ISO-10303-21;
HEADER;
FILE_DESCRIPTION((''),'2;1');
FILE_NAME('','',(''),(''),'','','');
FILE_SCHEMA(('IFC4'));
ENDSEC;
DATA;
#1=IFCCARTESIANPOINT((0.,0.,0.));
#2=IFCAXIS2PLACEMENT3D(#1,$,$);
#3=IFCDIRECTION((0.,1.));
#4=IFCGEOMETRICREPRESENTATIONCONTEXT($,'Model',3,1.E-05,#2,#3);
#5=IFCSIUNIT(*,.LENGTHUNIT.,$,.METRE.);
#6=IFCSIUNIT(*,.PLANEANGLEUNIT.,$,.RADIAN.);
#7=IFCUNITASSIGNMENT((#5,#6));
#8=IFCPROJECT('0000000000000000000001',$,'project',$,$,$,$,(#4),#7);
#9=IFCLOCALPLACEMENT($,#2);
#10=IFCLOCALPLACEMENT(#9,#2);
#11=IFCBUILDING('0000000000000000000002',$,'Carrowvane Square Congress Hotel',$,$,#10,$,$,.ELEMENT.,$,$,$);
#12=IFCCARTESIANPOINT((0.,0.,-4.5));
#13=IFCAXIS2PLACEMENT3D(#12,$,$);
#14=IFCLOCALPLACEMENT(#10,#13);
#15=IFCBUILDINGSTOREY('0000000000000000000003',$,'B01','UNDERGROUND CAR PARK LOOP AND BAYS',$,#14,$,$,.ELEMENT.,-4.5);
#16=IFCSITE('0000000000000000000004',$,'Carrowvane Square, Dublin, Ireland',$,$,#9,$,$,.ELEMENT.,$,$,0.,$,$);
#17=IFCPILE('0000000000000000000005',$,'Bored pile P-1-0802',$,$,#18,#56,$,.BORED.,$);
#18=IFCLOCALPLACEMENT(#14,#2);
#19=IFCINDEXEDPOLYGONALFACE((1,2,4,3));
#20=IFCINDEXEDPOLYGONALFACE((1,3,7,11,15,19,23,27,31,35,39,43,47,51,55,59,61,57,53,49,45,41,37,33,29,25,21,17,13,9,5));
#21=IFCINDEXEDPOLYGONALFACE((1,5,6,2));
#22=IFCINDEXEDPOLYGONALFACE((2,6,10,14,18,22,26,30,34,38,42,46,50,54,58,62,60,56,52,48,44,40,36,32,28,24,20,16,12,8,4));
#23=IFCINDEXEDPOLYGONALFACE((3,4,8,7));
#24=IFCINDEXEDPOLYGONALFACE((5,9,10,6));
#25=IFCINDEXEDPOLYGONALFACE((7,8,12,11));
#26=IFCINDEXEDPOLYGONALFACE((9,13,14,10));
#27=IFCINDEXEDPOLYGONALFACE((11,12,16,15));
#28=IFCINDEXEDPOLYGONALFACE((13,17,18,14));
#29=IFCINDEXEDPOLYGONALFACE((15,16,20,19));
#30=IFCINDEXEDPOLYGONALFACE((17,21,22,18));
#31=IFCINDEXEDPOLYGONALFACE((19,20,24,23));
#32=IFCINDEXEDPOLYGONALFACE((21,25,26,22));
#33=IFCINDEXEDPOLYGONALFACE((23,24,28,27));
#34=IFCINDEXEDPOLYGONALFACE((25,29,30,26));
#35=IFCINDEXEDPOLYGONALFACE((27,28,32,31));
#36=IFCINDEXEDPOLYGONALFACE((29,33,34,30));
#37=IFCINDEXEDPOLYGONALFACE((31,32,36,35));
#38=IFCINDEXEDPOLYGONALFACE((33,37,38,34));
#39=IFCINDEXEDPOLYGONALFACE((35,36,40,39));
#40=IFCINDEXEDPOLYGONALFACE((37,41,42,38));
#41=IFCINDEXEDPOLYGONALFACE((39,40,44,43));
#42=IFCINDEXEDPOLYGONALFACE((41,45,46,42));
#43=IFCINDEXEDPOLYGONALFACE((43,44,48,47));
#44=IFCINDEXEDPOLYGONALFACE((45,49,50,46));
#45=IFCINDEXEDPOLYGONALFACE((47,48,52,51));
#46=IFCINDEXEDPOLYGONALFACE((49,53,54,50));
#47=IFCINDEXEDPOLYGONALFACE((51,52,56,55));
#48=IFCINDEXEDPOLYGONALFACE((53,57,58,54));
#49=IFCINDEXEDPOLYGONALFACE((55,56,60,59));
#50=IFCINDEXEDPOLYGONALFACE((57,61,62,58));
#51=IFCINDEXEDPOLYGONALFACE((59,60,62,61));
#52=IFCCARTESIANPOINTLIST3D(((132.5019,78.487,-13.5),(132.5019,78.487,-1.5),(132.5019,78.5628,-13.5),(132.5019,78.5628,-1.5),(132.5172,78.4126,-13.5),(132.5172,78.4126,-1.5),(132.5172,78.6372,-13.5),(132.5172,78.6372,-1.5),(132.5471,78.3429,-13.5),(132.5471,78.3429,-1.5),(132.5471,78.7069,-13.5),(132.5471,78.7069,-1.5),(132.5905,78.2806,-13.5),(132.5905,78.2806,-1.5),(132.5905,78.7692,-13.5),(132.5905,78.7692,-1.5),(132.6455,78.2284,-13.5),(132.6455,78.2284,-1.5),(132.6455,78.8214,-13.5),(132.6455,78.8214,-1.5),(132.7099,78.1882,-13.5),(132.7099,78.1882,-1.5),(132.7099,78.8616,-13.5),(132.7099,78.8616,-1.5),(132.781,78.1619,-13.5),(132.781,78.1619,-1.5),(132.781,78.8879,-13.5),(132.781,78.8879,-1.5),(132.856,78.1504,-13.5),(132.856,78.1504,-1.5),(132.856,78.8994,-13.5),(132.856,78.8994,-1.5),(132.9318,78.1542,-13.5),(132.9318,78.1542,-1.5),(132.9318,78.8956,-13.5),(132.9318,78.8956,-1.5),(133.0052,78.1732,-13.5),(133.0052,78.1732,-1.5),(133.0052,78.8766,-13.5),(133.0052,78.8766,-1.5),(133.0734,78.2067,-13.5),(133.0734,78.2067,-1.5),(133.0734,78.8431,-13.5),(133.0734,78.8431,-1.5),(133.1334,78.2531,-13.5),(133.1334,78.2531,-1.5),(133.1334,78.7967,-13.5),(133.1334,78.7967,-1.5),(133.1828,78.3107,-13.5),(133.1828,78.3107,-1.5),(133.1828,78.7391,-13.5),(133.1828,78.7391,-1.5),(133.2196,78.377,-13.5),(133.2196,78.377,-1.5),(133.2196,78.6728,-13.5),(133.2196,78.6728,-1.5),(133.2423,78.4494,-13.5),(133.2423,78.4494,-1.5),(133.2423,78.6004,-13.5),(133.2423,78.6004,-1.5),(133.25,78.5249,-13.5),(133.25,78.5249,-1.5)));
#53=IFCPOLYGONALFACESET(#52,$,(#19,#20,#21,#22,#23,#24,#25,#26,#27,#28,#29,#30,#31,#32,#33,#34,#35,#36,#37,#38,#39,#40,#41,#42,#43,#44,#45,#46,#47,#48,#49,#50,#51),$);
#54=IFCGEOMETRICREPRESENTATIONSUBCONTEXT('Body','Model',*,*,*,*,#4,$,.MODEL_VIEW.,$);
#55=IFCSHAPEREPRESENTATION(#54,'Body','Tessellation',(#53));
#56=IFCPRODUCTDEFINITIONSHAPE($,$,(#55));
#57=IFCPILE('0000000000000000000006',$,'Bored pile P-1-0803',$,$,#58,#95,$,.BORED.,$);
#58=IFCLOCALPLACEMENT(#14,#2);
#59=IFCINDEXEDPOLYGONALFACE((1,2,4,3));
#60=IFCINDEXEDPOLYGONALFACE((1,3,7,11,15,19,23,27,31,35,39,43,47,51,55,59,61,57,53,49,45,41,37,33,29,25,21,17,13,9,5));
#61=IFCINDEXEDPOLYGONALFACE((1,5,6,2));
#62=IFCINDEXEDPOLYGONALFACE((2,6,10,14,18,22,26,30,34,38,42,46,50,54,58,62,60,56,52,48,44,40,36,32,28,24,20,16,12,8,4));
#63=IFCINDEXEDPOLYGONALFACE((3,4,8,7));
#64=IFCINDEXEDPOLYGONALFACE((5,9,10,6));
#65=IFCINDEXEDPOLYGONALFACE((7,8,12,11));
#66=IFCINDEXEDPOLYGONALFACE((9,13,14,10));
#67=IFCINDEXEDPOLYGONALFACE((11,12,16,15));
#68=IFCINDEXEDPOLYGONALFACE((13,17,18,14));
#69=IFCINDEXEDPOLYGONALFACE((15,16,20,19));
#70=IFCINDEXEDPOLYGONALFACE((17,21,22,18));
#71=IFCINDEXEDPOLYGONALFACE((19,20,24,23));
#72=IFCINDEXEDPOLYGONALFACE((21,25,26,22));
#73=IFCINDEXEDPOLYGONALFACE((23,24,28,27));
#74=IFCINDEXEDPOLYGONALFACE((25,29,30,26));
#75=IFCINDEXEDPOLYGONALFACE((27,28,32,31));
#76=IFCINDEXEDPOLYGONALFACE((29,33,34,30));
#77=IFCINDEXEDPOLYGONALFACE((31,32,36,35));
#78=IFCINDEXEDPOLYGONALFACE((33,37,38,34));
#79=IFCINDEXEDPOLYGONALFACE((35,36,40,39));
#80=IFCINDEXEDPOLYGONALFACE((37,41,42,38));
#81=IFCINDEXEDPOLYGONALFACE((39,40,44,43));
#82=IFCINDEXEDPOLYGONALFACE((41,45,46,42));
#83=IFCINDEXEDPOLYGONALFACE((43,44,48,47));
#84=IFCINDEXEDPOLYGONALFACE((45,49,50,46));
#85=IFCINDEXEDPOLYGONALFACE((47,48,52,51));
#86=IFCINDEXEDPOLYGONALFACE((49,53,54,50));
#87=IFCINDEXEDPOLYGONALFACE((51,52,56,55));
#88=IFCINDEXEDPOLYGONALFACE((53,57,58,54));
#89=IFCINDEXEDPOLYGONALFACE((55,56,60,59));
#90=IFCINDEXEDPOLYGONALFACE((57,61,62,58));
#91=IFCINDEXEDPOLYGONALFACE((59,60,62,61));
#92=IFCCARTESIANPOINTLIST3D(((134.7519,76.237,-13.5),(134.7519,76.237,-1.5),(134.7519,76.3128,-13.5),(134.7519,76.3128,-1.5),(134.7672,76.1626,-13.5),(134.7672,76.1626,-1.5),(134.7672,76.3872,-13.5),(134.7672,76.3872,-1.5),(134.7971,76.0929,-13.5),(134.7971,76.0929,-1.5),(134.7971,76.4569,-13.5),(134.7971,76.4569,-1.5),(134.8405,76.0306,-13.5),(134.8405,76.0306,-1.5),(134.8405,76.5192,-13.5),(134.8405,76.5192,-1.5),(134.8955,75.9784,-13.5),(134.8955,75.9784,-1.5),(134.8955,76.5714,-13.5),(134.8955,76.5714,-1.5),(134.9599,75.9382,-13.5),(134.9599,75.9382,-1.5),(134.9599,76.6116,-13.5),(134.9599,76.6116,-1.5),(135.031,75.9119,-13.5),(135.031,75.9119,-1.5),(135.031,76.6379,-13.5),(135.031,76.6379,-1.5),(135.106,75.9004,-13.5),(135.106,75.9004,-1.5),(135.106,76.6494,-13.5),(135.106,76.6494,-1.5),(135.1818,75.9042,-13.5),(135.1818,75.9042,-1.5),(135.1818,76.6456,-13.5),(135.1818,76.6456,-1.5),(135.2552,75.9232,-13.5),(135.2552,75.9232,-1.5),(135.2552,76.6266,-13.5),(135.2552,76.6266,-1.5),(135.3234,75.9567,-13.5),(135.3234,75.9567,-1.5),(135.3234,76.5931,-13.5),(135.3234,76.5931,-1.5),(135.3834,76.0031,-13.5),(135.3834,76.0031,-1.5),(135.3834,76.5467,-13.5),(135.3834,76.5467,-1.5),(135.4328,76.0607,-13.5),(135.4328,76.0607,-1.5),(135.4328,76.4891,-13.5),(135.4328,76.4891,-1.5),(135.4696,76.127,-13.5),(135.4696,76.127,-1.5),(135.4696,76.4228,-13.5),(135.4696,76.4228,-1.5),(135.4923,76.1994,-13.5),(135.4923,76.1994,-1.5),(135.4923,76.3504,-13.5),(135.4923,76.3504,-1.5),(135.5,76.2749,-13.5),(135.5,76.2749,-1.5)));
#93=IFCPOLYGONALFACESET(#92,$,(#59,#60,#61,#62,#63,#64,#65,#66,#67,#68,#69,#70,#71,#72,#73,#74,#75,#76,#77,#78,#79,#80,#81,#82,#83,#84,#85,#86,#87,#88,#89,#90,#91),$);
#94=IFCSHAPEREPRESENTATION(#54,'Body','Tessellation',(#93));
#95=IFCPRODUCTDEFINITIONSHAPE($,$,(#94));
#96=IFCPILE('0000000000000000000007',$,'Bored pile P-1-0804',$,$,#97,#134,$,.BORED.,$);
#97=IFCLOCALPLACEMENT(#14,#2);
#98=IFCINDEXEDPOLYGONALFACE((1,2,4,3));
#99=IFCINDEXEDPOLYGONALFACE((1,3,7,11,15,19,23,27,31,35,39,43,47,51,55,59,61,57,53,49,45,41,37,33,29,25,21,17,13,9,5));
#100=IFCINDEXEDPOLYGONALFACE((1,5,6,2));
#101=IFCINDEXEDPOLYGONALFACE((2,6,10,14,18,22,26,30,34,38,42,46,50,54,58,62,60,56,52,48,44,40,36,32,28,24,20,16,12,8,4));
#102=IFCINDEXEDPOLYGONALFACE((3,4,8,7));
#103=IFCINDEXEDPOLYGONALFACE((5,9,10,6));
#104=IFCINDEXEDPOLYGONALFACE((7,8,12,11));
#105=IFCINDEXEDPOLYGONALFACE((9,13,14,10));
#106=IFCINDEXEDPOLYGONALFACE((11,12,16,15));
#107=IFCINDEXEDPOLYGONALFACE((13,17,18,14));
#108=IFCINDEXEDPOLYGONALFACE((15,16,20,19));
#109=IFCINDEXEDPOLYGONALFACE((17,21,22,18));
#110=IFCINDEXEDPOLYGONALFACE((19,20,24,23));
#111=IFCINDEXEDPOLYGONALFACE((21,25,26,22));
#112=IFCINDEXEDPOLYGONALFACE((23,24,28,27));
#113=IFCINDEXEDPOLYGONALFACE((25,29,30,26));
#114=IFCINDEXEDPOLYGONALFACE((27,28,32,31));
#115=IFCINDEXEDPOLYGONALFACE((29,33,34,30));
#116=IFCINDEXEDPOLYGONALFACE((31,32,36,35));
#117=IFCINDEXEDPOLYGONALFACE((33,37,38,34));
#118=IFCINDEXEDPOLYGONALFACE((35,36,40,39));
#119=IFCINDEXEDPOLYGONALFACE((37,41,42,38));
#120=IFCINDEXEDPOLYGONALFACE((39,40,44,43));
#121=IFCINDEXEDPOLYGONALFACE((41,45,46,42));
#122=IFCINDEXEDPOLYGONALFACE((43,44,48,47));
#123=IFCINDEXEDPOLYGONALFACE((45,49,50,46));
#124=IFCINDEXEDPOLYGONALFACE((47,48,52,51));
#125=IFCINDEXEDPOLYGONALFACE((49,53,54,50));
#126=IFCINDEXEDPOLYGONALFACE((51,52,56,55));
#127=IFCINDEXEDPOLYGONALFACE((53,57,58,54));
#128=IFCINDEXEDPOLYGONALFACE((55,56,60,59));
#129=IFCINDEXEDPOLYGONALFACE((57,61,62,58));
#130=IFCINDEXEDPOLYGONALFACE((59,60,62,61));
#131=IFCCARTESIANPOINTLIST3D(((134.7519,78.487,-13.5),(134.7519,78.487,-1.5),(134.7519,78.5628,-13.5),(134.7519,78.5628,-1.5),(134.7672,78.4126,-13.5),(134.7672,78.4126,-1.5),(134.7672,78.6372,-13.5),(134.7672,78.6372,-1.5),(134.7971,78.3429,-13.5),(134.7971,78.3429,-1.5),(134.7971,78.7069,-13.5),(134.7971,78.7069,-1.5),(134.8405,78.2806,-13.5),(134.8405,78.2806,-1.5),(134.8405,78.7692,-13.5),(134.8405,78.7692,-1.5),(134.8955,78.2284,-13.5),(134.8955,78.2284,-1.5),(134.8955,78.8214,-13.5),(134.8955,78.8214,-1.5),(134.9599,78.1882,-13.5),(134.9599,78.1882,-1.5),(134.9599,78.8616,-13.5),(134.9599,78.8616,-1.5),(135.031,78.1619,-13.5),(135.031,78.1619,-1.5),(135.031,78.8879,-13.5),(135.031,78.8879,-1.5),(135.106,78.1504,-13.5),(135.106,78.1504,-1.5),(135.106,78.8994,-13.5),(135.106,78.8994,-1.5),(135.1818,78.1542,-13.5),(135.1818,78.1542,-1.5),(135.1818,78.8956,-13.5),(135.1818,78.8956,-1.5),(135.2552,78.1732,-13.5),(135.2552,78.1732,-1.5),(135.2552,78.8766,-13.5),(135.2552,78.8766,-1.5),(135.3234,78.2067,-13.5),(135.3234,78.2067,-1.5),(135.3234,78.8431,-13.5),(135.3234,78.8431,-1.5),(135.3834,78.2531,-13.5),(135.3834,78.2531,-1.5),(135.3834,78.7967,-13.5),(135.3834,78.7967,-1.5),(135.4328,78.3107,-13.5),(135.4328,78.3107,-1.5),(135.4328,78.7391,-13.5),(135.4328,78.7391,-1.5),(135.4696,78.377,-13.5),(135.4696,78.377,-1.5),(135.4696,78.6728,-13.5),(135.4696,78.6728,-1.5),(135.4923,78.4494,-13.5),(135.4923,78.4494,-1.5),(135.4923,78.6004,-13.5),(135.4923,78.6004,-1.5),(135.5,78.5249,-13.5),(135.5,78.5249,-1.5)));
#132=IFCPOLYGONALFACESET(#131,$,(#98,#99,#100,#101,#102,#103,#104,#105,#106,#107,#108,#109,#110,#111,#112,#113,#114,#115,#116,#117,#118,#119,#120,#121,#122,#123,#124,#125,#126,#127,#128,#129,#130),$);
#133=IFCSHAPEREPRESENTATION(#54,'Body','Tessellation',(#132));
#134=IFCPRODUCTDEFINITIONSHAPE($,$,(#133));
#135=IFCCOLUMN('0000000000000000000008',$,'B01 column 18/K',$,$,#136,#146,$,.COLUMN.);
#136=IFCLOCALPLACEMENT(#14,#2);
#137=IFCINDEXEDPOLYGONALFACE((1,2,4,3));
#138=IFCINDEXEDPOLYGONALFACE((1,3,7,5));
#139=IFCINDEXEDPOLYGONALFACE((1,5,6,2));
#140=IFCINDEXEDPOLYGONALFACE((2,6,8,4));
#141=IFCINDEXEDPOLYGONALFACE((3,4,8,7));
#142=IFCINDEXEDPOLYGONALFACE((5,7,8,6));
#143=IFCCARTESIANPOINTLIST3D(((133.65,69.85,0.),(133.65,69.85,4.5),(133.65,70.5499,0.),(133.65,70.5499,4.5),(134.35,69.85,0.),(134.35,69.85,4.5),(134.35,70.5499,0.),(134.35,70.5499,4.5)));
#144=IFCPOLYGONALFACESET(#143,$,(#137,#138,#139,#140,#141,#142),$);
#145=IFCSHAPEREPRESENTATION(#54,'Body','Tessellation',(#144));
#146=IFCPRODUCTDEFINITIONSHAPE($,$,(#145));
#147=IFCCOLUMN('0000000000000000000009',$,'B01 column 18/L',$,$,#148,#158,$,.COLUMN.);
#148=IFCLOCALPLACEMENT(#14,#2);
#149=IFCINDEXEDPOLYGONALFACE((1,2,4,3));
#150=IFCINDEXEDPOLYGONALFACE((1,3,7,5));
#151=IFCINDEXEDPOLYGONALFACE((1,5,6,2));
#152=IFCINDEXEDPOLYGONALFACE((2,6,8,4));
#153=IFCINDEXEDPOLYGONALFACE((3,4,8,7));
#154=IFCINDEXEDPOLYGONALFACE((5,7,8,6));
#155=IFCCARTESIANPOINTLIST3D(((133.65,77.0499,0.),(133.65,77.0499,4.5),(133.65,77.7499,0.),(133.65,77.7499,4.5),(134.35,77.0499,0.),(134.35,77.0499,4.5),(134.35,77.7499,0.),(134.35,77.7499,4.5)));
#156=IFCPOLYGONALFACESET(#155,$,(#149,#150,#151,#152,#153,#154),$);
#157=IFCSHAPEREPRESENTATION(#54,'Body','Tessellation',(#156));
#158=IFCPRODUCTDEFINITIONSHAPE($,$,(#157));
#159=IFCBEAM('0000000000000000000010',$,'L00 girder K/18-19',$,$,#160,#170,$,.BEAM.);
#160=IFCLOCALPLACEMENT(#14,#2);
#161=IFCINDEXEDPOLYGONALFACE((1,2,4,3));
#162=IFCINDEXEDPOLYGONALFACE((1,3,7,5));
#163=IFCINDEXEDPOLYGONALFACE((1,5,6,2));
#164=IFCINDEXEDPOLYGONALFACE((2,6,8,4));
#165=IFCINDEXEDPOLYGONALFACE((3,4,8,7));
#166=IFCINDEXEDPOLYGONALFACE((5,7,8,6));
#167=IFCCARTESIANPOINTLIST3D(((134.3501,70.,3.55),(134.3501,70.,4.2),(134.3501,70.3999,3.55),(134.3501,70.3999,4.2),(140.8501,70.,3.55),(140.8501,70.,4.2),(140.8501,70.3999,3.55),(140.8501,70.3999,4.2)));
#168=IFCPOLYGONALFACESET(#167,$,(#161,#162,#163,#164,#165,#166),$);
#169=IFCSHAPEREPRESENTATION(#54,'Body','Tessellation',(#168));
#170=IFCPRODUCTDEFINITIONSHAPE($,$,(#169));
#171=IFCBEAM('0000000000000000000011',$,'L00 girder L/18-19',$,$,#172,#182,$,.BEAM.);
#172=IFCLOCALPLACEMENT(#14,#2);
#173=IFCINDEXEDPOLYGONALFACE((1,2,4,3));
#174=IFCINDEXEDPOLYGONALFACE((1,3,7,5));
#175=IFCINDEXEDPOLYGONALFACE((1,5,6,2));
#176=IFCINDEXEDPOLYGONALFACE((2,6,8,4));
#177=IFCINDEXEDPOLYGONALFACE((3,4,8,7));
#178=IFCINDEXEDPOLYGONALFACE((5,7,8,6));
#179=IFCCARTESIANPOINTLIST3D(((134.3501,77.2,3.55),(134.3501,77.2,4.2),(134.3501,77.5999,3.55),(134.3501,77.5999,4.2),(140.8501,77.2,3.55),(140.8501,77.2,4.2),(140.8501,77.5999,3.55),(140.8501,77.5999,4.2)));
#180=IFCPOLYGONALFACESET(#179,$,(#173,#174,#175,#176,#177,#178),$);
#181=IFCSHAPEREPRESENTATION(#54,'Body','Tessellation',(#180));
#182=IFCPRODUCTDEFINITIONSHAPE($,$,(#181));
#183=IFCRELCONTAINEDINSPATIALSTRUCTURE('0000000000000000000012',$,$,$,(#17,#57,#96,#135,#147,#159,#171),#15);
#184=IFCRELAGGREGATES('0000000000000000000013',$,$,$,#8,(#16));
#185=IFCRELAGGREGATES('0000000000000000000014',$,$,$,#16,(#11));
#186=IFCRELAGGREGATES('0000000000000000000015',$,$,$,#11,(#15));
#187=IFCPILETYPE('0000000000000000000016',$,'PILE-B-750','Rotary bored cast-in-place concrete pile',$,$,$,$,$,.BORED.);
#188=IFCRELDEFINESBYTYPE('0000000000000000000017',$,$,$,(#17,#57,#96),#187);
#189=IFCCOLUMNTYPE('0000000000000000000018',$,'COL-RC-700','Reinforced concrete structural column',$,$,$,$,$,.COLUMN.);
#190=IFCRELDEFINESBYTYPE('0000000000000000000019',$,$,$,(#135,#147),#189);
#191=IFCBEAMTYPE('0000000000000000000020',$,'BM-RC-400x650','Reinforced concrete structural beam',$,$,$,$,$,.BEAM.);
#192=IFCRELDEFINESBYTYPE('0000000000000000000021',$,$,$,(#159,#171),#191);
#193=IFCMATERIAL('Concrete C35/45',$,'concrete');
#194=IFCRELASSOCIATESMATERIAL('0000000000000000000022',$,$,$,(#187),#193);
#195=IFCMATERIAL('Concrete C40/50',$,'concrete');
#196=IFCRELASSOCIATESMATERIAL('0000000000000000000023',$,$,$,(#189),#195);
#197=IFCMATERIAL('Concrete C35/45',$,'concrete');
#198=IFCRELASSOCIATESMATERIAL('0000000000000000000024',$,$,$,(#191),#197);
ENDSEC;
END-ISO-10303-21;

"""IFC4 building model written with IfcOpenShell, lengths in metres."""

from ifc_helpers import new_model, si_unit, direction, frame, origin, origin_2d, place, context, subcontext, project, spatial, rectangle, circle, extrude, material, material_profile, profile_set, type_object, element, save


model = new_model("IFC4")

# Units and contexts
model_context = context("Model", 3, precision=1e-05, world=origin(), true_north=direction((0.0, 1.0)))
body_context = subcontext(model_context, "Body", "Model", "MODEL_VIEW")
ifc_project = project(units=[si_unit("LENGTHUNIT", "METRE"), si_unit("PLANEANGLEUNIT", "RADIAN")], contexts=[model_context])

# Site, building, storey
site_placement = place(None, origin())
site = spatial("IfcSite", under=ifc_project, at=site_placement, Name="Carrowvane Square, Dublin, Ireland", CompositionType="ELEMENT", RefElevation=0.0)
building_placement = place(site_placement, origin())
building = spatial("IfcBuilding", under=site, at=building_placement, Name="Carrowvane Square Congress Hotel", CompositionType="ELEMENT")
storey_placement = place(building_placement, frame((0.0, 0.0, -4.5)))
storey = spatial("IfcBuildingStorey", under=building, at=storey_placement, Name="B01", Description="UNDERGROUND CAR PARK LOOP AND BAYS", CompositionType="ELEMENT", Elevation=-4.5)

# Piles
ifc_material_1 = material(Name="Concrete C35/45", Category="concrete")
ifc_material_profile_1 = material_profile(ifc_material_1, circle(Radius=0.375, at=origin_2d()), Name="PILE D750")
ifc_profile_set_1 = profile_set([ifc_material_profile_1], Name="Concrete C35/45")
pile_type = type_object("IfcPileType", Name="PILE-B-750", Description="Rotary bored cast-in-place concrete pile", PredefinedType="BORED", material=ifc_profile_set_1)
for number, where, z_axis, x_axis, name in (
    (1, (132.875, 78.5249, -1.5), (0.0, 0.0, -1.0), (1.0, 0.0, 0.0), "Bored pile P-1-0802"),
    (2, (135.125, 76.2749, -1.5), (0.0, 0.0, -1.0), (1.0, 0.0, 0.0), "Bored pile P-1-0803"),
    (3, (135.125, 78.5249, -1.5), (0.0, 0.0, -1.0), (1.0, 0.0, 0.0), "Bored pile P-1-0804"),
):
    element("IfcPile", number, at=place(storey_placement, frame(where, z_axis=z_axis, x_axis=x_axis)), inside=storey, type_object=pile_type, Name=name, PredefinedType="BORED", context=body_context, shape_type="SweptSolid", body=[
        extrude(circle(Radius=0.375, at=origin_2d()), origin(), (0.0, 0.0, 1.0), 12.0),
    ])

# Columns
ifc_material_2 = material(Name="Concrete C40/50", Category="concrete")
ifc_material_profile_2 = material_profile(ifc_material_2, rectangle(XDim=0.7, YDim=0.7, at=origin_2d()), Name="RC 700x700")
ifc_profile_set_2 = profile_set([ifc_material_profile_2], Name="Concrete C40/50")
column_type = type_object("IfcColumnType", Name="COL-RC-700", Description="Reinforced concrete structural column", PredefinedType="COLUMN", material=ifc_profile_set_2)
for number, where, z_axis, x_axis, name in (
    (4, (134.0, 70.2, 0.0), (0.0, 0.0, 1.0), (1.0, 0.0, 0.0), "B01 column 18/K"),
    (5, (134.0, 77.3999, 0.0), (0.0, 0.0, 1.0), (1.0, 0.0, 0.0), "B01 column 18/L"),
):
    element("IfcColumn", number, at=place(storey_placement, frame(where, z_axis=z_axis, x_axis=x_axis)), inside=storey, type_object=column_type, Name=name, PredefinedType="COLUMN", context=body_context, shape_type="SweptSolid", body=[
        extrude(rectangle(XDim=0.7, YDim=0.7, at=origin_2d()), origin(), (0.0, 0.0, 1.0), 4.5),
    ])

# Beams
ifc_material_3 = material(Name="Concrete C35/45", Category="concrete")
ifc_material_profile_3 = material_profile(ifc_material_3, rectangle(XDim=0.3999, YDim=0.6499, at=origin_2d()), Name="RC 400x650")
ifc_profile_set_3 = profile_set([ifc_material_profile_3], Name="Concrete C35/45")
beam_type_1 = type_object("IfcBeamType", Name="BM-RC-400x650", Description="Reinforced concrete structural beam", PredefinedType="BEAM", material=ifc_profile_set_3)
for number, where, z_axis, x_axis, name in (
    (6, (134.3501, 70.2, 3.875), (1.0, 0.0, 0.0), (0.0, 1.0, 0.0), "L00 girder K/18-19"),
    (7, (134.3501, 77.3999, 3.875), (1.0, 0.0, 0.0), (0.0, 1.0, 0.0), "L00 girder L/18-19"),
):
    element("IfcBeam", number, at=place(storey_placement, frame(where, z_axis=z_axis, x_axis=x_axis)), inside=storey, type_object=beam_type_1, Name=name, PredefinedType="BEAM", context=body_context, shape_type="SweptSolid", body=[
        extrude(rectangle(XDim=0.3999, YDim=0.6499, at=origin_2d()), origin(), (0.0, 0.0, 1.0), 6.5),
    ])

save(model, "model.ifc")
